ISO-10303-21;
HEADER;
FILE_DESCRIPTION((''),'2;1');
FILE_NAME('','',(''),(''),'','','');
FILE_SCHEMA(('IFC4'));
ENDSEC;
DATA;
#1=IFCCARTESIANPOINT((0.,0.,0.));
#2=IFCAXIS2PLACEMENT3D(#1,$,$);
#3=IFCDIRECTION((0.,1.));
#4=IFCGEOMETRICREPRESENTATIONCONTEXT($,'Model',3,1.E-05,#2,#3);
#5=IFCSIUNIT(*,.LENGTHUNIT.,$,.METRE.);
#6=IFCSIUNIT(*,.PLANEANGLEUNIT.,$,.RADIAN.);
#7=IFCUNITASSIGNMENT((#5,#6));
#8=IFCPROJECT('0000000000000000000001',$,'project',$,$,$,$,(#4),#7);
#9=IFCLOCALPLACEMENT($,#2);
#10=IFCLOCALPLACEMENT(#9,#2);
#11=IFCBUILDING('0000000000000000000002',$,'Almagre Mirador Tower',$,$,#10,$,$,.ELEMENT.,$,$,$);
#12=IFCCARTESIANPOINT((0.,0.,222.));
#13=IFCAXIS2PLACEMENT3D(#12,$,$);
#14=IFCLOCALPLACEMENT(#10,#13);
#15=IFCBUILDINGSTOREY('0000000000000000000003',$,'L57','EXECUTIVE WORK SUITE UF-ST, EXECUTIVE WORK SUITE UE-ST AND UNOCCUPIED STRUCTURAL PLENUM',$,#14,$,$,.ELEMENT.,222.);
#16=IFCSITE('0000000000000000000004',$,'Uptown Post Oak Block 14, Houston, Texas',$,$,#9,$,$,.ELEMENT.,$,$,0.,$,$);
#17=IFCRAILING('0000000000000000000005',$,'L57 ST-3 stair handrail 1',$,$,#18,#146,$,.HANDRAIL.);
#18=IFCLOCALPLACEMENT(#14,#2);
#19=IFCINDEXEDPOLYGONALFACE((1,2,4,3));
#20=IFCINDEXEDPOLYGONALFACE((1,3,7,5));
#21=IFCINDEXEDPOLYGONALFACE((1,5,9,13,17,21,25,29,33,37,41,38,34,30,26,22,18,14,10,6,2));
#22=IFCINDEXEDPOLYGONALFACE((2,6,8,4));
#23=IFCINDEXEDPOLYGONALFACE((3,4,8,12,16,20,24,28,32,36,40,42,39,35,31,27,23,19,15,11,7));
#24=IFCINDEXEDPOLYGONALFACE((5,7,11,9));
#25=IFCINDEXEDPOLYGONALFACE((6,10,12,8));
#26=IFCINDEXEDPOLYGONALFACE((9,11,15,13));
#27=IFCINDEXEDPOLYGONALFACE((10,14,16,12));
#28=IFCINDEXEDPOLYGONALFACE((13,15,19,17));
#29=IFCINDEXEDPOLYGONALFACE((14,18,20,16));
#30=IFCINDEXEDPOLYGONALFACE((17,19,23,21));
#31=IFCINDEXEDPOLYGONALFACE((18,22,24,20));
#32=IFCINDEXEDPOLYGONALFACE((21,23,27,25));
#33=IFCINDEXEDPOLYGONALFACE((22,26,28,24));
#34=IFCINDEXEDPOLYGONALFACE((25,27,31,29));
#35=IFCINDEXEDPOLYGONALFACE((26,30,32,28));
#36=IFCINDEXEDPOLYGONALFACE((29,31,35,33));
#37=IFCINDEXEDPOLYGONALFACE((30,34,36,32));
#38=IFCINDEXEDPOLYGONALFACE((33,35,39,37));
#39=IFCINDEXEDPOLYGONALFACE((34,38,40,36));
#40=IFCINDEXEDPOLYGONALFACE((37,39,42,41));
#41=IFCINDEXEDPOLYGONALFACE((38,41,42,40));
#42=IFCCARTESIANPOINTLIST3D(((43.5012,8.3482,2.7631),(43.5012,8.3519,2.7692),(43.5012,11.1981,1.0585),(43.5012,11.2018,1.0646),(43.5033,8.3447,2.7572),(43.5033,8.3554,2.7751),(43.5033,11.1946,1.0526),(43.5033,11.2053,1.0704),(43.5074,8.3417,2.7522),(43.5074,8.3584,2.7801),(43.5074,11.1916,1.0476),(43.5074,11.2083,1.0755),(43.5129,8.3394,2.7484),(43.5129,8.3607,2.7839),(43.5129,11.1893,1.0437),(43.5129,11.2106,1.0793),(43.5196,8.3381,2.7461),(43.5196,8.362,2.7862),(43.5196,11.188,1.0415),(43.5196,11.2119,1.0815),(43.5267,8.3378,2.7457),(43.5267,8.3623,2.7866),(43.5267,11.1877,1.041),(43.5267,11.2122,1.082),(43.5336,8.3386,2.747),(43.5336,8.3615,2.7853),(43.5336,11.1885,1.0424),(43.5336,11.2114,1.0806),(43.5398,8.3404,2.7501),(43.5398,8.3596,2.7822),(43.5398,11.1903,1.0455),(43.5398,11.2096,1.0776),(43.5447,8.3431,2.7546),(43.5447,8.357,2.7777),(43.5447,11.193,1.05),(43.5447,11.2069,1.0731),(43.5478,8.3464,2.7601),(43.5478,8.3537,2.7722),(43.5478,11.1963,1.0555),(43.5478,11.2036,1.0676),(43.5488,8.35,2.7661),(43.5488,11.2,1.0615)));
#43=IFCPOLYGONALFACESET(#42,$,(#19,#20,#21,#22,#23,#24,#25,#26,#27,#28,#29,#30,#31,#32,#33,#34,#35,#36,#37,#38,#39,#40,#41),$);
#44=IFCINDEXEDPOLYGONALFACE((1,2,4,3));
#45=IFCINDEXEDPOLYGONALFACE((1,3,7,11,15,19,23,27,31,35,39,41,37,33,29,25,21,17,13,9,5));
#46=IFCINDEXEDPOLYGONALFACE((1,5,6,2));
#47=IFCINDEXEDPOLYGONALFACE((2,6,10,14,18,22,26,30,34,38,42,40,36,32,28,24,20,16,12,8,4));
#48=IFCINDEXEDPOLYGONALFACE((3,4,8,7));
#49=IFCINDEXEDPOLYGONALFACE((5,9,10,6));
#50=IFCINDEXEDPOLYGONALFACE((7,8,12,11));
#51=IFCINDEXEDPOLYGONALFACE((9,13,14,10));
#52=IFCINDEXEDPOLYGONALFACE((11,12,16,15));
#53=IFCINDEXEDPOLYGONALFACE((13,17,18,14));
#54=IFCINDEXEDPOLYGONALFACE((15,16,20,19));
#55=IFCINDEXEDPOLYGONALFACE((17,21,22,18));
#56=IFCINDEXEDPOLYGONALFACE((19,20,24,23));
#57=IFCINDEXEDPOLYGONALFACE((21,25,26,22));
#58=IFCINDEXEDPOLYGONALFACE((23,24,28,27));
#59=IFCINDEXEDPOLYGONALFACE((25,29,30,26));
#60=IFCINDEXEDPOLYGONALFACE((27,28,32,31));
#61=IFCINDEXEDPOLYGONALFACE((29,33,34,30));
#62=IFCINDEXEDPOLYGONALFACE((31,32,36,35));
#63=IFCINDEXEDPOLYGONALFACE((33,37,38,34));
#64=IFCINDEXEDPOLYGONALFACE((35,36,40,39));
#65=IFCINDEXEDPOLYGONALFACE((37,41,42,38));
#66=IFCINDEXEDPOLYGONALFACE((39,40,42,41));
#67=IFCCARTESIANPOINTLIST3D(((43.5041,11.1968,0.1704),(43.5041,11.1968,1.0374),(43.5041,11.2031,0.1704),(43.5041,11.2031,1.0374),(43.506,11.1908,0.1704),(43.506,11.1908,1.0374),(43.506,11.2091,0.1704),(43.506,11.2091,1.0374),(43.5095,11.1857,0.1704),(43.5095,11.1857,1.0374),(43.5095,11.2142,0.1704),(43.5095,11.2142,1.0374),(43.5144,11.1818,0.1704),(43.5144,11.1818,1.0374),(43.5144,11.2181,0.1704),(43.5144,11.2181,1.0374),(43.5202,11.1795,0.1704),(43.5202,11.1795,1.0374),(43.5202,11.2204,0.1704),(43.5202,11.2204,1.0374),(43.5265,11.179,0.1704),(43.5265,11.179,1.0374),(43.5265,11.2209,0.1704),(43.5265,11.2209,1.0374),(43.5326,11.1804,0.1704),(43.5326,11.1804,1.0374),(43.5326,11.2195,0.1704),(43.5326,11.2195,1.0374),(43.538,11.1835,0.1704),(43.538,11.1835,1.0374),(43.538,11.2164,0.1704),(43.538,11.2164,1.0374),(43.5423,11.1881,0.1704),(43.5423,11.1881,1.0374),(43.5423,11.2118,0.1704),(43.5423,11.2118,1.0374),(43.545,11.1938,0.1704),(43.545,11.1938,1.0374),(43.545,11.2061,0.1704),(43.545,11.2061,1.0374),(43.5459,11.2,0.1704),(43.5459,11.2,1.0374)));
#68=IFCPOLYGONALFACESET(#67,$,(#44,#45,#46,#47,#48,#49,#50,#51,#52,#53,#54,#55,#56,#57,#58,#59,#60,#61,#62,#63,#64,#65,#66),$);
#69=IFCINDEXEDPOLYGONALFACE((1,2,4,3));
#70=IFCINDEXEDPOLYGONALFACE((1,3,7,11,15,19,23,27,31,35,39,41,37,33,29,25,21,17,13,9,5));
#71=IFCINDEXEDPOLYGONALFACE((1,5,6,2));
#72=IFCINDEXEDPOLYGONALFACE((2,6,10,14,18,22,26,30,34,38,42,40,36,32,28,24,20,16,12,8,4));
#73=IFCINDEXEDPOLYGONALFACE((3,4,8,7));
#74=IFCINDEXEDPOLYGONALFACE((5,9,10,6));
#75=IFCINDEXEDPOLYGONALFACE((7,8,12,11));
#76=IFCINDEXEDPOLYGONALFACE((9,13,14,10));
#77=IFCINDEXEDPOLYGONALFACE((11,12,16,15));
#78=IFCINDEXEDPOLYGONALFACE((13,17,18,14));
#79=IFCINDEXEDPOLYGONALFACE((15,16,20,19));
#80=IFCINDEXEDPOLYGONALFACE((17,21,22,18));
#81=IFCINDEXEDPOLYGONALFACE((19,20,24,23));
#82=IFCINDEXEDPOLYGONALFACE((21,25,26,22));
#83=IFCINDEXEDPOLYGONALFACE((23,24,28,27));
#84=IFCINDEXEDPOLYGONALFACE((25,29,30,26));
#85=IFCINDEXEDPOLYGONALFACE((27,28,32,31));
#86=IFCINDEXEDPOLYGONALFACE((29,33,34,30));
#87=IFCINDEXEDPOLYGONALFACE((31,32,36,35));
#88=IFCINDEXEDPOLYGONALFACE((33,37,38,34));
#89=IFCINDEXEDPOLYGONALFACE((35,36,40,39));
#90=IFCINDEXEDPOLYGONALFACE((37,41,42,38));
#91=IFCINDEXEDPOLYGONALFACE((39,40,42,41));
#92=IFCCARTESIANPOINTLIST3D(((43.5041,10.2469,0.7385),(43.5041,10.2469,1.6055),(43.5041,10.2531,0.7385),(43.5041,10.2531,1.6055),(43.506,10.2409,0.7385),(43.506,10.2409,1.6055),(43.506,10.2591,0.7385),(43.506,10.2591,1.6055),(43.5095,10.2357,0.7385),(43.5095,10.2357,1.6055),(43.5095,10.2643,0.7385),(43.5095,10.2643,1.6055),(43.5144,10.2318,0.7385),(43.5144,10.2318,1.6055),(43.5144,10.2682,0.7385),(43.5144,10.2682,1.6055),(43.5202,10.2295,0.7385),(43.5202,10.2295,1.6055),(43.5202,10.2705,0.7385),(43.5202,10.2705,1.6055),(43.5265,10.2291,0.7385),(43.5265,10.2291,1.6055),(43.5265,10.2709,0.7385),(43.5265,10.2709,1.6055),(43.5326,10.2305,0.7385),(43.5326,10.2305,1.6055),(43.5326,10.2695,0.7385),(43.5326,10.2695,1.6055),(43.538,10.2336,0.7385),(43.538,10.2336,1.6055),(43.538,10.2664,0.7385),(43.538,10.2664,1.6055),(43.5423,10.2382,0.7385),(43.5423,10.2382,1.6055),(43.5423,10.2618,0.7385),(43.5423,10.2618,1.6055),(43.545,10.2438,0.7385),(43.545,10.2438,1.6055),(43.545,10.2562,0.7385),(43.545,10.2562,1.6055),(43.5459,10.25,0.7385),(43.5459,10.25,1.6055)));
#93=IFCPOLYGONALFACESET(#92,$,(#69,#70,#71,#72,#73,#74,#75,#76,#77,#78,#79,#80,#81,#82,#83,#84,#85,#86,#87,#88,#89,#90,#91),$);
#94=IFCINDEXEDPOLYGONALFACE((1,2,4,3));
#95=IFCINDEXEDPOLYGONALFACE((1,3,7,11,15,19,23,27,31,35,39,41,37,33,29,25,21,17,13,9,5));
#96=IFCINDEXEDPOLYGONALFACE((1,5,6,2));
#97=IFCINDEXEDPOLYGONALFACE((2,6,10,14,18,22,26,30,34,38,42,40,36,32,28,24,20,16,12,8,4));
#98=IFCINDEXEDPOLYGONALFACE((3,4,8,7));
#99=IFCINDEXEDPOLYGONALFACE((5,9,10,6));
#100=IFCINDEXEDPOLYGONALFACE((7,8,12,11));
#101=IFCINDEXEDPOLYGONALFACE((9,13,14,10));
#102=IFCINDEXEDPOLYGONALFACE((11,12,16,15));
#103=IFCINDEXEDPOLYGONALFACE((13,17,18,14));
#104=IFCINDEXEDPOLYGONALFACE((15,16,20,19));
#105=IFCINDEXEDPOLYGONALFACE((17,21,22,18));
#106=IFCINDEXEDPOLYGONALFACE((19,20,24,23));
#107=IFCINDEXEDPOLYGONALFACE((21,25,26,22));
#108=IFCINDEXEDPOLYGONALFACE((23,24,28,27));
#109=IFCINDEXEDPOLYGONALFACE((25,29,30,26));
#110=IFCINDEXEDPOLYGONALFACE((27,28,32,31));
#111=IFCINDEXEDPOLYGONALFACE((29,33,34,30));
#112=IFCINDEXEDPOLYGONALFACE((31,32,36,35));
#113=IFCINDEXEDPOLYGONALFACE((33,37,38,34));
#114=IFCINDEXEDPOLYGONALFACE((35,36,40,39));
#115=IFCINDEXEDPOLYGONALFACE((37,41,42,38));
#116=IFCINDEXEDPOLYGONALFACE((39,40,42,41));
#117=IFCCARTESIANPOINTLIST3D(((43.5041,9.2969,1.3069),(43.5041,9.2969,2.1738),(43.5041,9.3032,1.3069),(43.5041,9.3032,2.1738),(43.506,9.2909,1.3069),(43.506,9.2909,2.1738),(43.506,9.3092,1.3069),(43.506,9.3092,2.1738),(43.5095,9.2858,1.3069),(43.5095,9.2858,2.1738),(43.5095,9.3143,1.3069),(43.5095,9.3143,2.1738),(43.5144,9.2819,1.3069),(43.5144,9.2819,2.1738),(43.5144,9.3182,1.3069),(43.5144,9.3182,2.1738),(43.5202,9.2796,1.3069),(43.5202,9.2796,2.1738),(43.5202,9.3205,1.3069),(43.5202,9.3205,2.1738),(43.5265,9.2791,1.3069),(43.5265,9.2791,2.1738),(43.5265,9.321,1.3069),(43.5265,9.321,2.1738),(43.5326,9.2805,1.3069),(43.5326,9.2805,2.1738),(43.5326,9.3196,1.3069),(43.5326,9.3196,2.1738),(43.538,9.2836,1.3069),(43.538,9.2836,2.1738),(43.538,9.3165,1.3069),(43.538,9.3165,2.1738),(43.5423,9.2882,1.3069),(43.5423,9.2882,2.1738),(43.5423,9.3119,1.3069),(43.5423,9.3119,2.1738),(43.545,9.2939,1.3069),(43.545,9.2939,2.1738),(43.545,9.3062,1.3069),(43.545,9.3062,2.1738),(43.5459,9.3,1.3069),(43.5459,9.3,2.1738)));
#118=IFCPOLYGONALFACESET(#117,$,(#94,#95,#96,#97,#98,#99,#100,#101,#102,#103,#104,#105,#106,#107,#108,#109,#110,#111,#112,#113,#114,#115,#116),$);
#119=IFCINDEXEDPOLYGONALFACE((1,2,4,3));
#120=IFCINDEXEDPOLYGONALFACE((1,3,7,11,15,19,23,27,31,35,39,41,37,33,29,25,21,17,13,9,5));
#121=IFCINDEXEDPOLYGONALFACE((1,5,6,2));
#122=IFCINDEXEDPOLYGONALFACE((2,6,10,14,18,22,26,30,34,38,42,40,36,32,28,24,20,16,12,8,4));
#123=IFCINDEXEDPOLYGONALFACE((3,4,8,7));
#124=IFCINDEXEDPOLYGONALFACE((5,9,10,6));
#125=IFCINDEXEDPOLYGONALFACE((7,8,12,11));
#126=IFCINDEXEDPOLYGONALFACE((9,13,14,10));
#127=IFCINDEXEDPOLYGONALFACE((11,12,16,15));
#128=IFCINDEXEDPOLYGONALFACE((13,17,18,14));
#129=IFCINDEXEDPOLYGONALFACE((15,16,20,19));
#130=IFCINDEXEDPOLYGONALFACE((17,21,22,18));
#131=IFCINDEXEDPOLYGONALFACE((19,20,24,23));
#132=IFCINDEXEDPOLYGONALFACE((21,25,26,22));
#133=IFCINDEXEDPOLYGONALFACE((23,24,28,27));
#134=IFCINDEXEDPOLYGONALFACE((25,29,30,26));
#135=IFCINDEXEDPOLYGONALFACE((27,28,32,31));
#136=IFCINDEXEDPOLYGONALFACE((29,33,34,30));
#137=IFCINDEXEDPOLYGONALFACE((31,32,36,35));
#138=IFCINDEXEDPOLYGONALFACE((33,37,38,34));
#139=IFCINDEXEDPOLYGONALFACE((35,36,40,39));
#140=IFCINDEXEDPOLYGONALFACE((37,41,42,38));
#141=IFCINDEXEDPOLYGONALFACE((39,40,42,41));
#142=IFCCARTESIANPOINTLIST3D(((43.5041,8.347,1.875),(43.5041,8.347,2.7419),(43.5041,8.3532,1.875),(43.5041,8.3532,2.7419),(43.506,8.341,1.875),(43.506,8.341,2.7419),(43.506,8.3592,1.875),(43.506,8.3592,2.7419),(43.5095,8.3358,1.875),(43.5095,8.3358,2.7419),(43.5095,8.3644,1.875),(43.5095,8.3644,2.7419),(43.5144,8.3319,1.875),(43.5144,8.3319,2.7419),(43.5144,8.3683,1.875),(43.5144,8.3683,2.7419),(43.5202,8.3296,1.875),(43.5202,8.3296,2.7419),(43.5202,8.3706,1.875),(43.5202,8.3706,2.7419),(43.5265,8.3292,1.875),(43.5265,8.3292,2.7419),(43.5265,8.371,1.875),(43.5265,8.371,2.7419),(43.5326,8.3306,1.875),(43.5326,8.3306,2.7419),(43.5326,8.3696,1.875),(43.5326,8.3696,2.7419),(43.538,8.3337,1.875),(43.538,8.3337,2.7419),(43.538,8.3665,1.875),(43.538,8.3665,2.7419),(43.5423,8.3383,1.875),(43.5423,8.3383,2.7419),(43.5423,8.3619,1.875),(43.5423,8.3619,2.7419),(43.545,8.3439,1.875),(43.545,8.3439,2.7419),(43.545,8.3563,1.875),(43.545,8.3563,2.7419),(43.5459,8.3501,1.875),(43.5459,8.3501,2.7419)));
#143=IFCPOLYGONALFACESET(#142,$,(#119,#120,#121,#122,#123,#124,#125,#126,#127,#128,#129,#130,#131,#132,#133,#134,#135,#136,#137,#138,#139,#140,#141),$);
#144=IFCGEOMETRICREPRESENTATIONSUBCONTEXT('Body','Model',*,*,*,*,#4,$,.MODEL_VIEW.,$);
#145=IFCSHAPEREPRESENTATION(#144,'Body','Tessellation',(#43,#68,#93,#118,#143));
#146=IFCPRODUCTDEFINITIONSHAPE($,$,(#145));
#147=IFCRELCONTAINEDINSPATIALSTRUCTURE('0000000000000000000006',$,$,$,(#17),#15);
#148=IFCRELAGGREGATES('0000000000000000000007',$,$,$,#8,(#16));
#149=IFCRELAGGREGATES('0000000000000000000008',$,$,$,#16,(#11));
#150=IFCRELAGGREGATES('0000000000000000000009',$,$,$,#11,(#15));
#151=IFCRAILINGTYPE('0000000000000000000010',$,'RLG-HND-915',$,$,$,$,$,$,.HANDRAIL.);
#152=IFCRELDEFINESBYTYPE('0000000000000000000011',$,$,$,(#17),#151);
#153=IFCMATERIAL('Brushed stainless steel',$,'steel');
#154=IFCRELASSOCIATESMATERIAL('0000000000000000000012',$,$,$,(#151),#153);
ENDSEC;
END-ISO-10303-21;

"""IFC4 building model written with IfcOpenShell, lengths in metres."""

from ifc_helpers import new_model, si_unit, direction, frame, origin, origin_2d, place, context, subcontext, project, spatial, circle, extrude, material, type_object, element, save


model = new_model("IFC4")

# Units and contexts
model_context = context("Model", 3, precision=1e-05, world=origin(), true_north=direction((0.0, 1.0)))
body_context = subcontext(model_context, "Body", "Model", "MODEL_VIEW")
ifc_project = project(units=[si_unit("LENGTHUNIT", "METRE"), si_unit("PLANEANGLEUNIT", "RADIAN")], contexts=[model_context])

# Site, building, storey
site_placement = place(None, origin())
site = spatial("IfcSite", under=ifc_project, at=site_placement, Name="Uptown Post Oak Block 14, Houston, Texas", CompositionType="ELEMENT", RefElevation=0.0)
building_placement = place(site_placement, origin())
building = spatial("IfcBuilding", under=site, at=building_placement, Name="Almagre Mirador Tower", CompositionType="ELEMENT")
storey_placement = place(building_placement, frame((0.0, 0.0, 222.0)))
storey = spatial("IfcBuildingStorey", under=building, at=storey_placement, Name="L57", Description="EXECUTIVE WORK SUITE UF-ST, EXECUTIVE WORK SUITE UE-ST AND UNOCCUPIED STRUCTURAL PLENUM", CompositionType="ELEMENT", Elevation=222.0)

# Railing
ifc_material_1 = material(Name="Brushed stainless steel", Category="steel")
railing_type_1 = type_object("IfcRailingType", Name="RLG-HND-915", PredefinedType="HANDRAIL", material=ifc_material_1)
railing_1_placement = place(storey_placement, frame((43.5249, 11.2, 0.1704)))
element("IfcRailing", 1, at=railing_1_placement, inside=storey, type_object=railing_type_1, Name="L57 ST-3 stair handrail 1", PredefinedType="HANDRAIL", context=body_context, shape_type="SweptSolid", body=[
    extrude(circle(Radius=0.0239, at=origin_2d()), frame((0.0, 0.0, 0.8911), z_axis=(0.0, -0.858199, 0.513317), x_axis=(1.0, 0.0, 0.0)), (0.0, 0.0, 1.0), 3.3208),
    extrude(circle(Radius=0.021, at=origin_2d()), origin(), (0.0, 0.0, 1.0), 0.8669),
    extrude(circle(Radius=0.021, at=origin_2d()), frame((0.0, -0.95, 0.5681)), (0.0, 0.0, 1.0), 0.8669),
    extrude(circle(Radius=0.021, at=origin_2d()), frame((0.0, -1.8999, 1.1365)), (0.0, 0.0, 1.0), 0.8669),
    extrude(circle(Radius=0.021, at=origin_2d()), frame((0.0, -2.8499, 1.7046)), (0.0, 0.0, 1.0), 0.8669),
])

save(model, "model.ifc")
